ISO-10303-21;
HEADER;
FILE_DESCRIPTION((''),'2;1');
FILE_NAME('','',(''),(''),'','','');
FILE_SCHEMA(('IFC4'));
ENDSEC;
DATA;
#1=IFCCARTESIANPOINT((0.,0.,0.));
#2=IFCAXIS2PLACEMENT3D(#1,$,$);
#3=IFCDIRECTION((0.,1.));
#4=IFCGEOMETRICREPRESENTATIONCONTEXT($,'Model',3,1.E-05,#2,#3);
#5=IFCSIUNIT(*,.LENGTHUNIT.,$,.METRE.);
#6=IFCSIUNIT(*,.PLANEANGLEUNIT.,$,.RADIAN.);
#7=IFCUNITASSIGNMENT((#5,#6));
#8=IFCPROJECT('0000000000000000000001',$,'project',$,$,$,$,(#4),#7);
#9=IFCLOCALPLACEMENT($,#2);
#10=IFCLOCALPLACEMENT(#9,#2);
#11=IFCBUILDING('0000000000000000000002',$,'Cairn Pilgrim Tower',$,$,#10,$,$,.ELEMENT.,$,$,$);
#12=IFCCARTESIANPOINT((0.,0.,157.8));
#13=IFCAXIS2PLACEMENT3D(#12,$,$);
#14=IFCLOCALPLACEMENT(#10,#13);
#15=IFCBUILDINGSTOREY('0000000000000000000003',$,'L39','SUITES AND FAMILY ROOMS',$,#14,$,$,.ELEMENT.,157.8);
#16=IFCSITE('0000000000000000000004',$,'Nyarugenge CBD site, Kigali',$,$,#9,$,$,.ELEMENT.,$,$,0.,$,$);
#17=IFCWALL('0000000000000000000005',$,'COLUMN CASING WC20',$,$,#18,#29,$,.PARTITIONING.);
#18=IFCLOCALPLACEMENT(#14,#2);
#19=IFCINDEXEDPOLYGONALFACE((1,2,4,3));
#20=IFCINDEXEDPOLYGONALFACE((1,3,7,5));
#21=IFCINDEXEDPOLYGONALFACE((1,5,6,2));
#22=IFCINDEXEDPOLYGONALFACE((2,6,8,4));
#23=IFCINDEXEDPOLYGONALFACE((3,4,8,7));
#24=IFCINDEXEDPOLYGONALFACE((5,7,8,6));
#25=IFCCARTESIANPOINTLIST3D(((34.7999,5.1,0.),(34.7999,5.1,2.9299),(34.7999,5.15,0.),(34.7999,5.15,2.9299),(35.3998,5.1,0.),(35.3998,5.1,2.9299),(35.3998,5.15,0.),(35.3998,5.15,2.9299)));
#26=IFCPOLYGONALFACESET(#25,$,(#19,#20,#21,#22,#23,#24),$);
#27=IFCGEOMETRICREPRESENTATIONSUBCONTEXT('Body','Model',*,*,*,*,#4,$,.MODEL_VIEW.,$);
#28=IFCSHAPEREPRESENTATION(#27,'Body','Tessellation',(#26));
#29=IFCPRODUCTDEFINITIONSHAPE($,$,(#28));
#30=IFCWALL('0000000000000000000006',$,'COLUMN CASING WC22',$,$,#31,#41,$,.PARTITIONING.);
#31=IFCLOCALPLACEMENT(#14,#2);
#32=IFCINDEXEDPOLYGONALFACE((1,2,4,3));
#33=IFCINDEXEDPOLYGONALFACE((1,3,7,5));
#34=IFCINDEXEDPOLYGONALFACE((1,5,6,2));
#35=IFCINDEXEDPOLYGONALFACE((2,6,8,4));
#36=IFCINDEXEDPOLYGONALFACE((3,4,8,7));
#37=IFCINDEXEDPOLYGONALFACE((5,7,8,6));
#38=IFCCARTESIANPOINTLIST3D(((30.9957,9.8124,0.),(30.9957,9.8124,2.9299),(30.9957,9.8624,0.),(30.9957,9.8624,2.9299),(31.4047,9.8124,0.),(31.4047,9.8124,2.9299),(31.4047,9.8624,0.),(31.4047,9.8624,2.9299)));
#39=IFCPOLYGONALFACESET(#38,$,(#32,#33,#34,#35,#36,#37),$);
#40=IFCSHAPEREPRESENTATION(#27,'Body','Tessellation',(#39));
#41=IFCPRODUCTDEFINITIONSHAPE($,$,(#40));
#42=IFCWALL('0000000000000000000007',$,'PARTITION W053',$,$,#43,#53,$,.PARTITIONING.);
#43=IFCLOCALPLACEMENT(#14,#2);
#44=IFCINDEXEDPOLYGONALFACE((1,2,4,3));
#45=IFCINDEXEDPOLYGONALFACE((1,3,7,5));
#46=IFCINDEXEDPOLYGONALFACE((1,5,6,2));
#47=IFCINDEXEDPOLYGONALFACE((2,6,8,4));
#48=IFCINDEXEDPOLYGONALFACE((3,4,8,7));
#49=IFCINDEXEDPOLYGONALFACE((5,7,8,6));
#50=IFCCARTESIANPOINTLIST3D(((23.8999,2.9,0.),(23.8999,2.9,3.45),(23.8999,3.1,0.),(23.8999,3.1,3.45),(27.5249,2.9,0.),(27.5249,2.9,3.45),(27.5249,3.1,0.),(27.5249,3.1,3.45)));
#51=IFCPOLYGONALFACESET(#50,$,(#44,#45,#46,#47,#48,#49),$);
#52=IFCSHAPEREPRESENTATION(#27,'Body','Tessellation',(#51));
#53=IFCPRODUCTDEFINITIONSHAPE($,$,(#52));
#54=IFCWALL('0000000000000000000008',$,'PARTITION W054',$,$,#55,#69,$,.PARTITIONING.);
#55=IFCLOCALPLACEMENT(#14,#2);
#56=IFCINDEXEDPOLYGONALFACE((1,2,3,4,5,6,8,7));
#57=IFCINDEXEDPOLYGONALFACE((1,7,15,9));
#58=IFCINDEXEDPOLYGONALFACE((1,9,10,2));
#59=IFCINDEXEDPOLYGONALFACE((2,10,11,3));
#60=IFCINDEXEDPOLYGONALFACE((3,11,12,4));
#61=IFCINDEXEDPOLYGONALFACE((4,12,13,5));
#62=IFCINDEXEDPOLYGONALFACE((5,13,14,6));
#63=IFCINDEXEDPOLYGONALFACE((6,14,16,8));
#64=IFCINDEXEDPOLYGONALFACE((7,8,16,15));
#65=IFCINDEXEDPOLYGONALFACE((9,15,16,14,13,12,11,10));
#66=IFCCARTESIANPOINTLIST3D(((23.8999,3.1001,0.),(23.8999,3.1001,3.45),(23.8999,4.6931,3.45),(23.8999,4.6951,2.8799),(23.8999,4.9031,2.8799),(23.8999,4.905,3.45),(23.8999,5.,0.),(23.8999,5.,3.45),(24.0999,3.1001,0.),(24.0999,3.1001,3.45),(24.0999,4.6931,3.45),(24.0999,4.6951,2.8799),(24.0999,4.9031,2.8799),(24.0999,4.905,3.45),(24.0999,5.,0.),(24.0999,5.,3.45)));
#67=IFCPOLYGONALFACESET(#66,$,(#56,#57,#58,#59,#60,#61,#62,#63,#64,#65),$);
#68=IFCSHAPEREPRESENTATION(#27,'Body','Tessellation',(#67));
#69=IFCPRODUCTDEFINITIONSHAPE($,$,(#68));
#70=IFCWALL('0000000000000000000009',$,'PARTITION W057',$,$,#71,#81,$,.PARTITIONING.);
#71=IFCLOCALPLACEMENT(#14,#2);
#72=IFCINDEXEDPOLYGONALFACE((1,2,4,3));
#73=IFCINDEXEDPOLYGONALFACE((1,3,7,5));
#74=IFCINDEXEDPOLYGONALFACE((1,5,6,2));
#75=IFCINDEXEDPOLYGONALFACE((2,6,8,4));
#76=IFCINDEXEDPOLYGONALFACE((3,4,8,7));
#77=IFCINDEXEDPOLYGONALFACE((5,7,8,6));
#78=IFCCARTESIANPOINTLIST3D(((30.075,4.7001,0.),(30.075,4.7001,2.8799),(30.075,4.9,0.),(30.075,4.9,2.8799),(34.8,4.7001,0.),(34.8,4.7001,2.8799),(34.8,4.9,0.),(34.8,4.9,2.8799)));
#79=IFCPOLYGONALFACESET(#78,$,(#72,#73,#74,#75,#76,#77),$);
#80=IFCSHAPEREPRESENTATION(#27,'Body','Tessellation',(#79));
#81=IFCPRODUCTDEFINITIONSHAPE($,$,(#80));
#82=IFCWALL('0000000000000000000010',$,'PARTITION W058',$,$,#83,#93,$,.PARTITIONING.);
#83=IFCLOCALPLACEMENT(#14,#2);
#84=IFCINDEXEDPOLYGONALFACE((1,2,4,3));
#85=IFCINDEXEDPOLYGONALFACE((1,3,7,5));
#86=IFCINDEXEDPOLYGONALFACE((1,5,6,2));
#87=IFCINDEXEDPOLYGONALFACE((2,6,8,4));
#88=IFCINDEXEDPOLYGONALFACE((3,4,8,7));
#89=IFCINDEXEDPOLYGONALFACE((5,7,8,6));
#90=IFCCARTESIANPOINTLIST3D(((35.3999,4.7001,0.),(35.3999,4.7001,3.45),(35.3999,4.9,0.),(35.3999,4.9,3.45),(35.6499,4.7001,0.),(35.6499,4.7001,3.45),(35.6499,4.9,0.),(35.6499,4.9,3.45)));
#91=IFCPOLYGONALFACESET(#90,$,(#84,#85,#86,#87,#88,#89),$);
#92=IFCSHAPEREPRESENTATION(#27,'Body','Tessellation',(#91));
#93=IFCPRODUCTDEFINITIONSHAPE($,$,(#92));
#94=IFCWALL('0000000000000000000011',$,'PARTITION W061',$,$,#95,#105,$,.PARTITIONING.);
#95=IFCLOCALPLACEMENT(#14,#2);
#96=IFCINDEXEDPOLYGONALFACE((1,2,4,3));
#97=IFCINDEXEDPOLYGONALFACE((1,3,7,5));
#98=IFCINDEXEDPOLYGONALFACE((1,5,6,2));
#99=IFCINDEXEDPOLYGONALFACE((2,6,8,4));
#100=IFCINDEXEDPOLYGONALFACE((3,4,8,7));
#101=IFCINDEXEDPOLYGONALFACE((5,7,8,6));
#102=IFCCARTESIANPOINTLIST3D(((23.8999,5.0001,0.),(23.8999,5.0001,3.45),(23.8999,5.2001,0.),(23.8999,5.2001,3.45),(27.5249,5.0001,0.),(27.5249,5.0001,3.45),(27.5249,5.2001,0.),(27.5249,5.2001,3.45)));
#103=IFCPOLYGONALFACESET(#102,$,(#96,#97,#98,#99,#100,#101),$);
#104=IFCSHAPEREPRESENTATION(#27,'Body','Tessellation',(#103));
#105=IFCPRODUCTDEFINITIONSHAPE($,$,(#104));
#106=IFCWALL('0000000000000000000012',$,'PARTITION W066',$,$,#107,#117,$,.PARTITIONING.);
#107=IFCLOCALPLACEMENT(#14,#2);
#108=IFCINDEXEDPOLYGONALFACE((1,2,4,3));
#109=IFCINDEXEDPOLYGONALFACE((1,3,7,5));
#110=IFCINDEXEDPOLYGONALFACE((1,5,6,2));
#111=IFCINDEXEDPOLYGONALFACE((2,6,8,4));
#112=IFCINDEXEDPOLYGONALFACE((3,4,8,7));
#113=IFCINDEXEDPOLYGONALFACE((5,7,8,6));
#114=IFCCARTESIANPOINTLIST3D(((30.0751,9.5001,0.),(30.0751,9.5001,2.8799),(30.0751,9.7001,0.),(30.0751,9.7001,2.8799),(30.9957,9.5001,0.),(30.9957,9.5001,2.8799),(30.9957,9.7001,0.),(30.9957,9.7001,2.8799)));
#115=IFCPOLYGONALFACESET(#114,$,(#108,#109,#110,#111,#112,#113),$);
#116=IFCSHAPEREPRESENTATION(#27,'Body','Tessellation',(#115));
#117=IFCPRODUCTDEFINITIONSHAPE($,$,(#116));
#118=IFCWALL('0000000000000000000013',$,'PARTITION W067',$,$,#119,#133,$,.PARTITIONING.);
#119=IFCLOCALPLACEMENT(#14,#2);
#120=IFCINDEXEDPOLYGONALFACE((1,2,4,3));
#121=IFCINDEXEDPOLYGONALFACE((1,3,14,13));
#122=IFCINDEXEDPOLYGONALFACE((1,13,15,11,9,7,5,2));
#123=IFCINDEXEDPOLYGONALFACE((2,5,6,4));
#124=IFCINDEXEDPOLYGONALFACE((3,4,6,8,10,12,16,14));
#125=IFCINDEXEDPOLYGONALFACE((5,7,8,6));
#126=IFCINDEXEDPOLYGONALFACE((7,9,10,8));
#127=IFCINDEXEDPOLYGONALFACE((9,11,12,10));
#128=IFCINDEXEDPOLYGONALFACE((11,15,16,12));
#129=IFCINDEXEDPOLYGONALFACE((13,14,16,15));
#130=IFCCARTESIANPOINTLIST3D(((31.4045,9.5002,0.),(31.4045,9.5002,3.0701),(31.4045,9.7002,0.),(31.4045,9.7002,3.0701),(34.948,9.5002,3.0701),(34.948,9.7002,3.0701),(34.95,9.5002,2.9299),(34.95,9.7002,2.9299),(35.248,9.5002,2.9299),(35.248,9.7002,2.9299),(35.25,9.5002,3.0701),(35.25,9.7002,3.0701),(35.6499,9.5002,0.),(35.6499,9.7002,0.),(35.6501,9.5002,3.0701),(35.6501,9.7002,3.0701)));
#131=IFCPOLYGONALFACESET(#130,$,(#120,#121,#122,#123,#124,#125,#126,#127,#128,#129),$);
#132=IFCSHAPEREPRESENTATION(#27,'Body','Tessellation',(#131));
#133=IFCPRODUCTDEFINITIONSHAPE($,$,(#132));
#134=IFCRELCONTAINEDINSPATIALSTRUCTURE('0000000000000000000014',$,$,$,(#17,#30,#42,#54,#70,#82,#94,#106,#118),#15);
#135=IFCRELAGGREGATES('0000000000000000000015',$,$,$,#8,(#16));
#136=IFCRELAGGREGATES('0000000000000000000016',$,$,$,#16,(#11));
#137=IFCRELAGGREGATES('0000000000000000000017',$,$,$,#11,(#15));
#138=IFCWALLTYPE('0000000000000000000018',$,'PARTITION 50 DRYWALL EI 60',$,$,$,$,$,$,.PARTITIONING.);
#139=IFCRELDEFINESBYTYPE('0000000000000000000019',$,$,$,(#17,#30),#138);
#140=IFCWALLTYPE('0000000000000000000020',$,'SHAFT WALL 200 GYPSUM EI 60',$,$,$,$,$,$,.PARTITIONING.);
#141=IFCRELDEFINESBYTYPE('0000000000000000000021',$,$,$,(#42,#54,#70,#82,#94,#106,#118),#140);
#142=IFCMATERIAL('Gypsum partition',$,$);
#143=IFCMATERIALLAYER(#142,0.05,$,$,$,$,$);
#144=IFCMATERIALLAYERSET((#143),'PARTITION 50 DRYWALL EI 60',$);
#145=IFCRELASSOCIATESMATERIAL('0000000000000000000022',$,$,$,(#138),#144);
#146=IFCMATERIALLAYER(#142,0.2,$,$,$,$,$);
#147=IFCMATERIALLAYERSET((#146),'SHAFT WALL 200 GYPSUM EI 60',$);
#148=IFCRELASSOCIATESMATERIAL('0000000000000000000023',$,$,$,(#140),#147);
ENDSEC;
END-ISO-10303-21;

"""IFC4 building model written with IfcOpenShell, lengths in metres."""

from ifc_helpers import new_model, si_unit, direction, frame, frame_2d, origin, place, context, subcontext, project, spatial, polyline, rectangle, outline, extrude, material, layer, layer_set, type_object, element, save


model = new_model("IFC4")

# Units and contexts
model_context = context("Model", 3, precision=1e-05, world=origin(), true_north=direction((0.0, 1.0)))
body_context = subcontext(model_context, "Body", "Model", "MODEL_VIEW")
ifc_project = project(units=[si_unit("LENGTHUNIT", "METRE"), si_unit("PLANEANGLEUNIT", "RADIAN")], contexts=[model_context])

# Site, building, storey
site_placement = place(None, origin())
site = spatial("IfcSite", under=ifc_project, at=site_placement, Name="Nyarugenge CBD site, Kigali", CompositionType="ELEMENT", RefElevation=0.0)
building_placement = place(site_placement, origin())
building = spatial("IfcBuilding", under=site, at=building_placement, Name="Cairn Pilgrim Tower", CompositionType="ELEMENT")
storey_placement = place(building_placement, frame((0.0, 0.0, 157.8)))
storey = spatial("IfcBuildingStorey", under=building, at=storey_placement, Name="L39", Description="SUITES AND FAMILY ROOMS", CompositionType="ELEMENT", Elevation=157.8)

# Shared definitions
ifc_material_1 = material(Name="Gypsum partition")

# Walls
ifc_layer_1 = layer(ifc_material_1, 0.05)
ifc_layer_set_1 = layer_set([ifc_layer_1], Name="PARTITION 50 DRYWALL EI 60")
wall_type_1 = type_object("IfcWallType", Name="PARTITION 50 DRYWALL EI 60", PredefinedType="PARTITIONING", material=ifc_layer_set_1)
wall_1_placement = place(storey_placement, frame((34.8, 5.125, 0.0), z_axis=(0.0, 0.0, 1.0), x_axis=(1.0, 0.0, 0.0)))
element("IfcWall", 1, at=wall_1_placement, inside=storey, type_object=wall_type_1, Name="COLUMN CASING WC20", PredefinedType="PARTITIONING", context=body_context, shape_type="SweptSolid", body=[
    extrude(rectangle(XDim=0.5999, YDim=0.05, at=frame_2d((0.2998, 0.0))), origin(), (0.0, 0.0, 1.0), 2.9299),
])
wall_2_placement = place(storey_placement, frame((30.9956, 9.8374, 0.0), z_axis=(0.0, 0.0, 1.0), x_axis=(1.0, 0.0, 0.0)))
element("IfcWall", 2, at=wall_2_placement, inside=storey, type_object=wall_type_1, Name="COLUMN CASING WC22", PredefinedType="PARTITIONING", context=body_context, shape_type="SweptSolid", body=[
    extrude(rectangle(XDim=0.4089, YDim=0.05, at=frame_2d((0.2046, 0.0))), origin(), (0.0, 0.0, 1.0), 2.9299),
])
ifc_layer_2 = layer(ifc_material_1, 0.2)
ifc_layer_set_2 = layer_set([ifc_layer_2], Name="SHAFT WALL 200 GYPSUM EI 60")
wall_type_2 = type_object("IfcWallType", Name="SHAFT WALL 200 GYPSUM EI 60", PredefinedType="PARTITIONING", material=ifc_layer_set_2)
wall_3_placement = place(storey_placement, frame((23.8999, 3.0, 0.0), z_axis=(0.0, 0.0, 1.0), x_axis=(1.0, 0.0, 0.0)))
element("IfcWall", 3, at=wall_3_placement, inside=storey, type_object=wall_type_2, Name="PARTITION W053", PredefinedType="PARTITIONING", context=body_context, shape_type="SweptSolid", body=[
    extrude(rectangle(XDim=3.625, YDim=0.2, at=frame_2d((1.8125, 0.0))), origin(), (0.0, 0.0, 1.0), 3.45),
])
wall_4_placement = place(storey_placement, frame((24.0, 3.1001, 0.0), z_axis=(0.0, 0.0, 1.0), x_axis=(0.0, 1.0, 0.0)))
element("IfcWall", 4, at=wall_4_placement, inside=storey, type_object=wall_type_2, Name="PARTITION W054", PredefinedType="PARTITIONING", context=body_context, shape_type="SweptSolid", body=[
    extrude(outline(polyline([(0.0, 0.0), (1.8999, 0.0), (1.8999, 3.45), (1.8049, 3.45), (1.803, 2.8799), (1.595, 2.8799), (1.593, 3.45), (0.0, 3.45), (0.0, 0.0)])), frame((0.0, 0.1001, 0.0), z_axis=(0.0, -1.0, 0.0), x_axis=(1.0, 0.0, 0.0)), (0.0, 0.0, 1.0), 0.2),
])
wall_5_placement = place(storey_placement, frame((30.075, 4.8, 0.0), z_axis=(0.0, 0.0, 1.0), x_axis=(1.0, 0.0, 0.0)))
element("IfcWall", 5, at=wall_5_placement, inside=storey, type_object=wall_type_2, Name="PARTITION W057", PredefinedType="PARTITIONING", context=body_context, shape_type="SweptSolid", body=[
    extrude(rectangle(XDim=4.7251, YDim=0.2, at=frame_2d((2.3625, 0.0))), origin(), (0.0, 0.0, 1.0), 2.8799),
])
wall_6_placement = place(storey_placement, frame((35.3999, 4.8, 0.0), z_axis=(0.0, 0.0, 1.0), x_axis=(1.0, 0.0, 0.0)))
element("IfcWall", 6, at=wall_6_placement, inside=storey, type_object=wall_type_2, Name="PARTITION W058", PredefinedType="PARTITIONING", context=body_context, shape_type="SweptSolid", body=[
    extrude(rectangle(XDim=0.25, YDim=0.2, at=frame_2d((0.125, 0.0))), origin(), (0.0, 0.0, 1.0), 3.45),
])
wall_7_placement = place(storey_placement, frame((23.8999, 5.1001, 0.0), z_axis=(0.0, 0.0, 1.0), x_axis=(1.0, 0.0, 0.0)))
element("IfcWall", 7, at=wall_7_placement, inside=storey, type_object=wall_type_2, Name="PARTITION W061", PredefinedType="PARTITIONING", context=body_context, shape_type="SweptSolid", body=[
    extrude(rectangle(XDim=3.625, YDim=0.2, at=frame_2d((1.8125, 0.0))), origin(), (0.0, 0.0, 1.0), 3.45),
])
wall_8_placement = place(storey_placement, frame((30.075, 9.6001, 0.0), z_axis=(0.0, 0.0, 1.0), x_axis=(1.0, 0.0, 0.0)))
element("IfcWall", 8, at=wall_8_placement, inside=storey, type_object=wall_type_2, Name="PARTITION W066", PredefinedType="PARTITIONING", context=body_context, shape_type="SweptSolid", body=[
    extrude(rectangle(XDim=0.9207, YDim=0.2, at=frame_2d((0.4604, 0.0))), origin(), (0.0, 0.0, 1.0), 2.8799),
])
wall_9_placement = place(storey_placement, frame((31.4045, 9.6001, 0.0), z_axis=(0.0, 0.0, 1.0), x_axis=(1.0, 0.0, 0.0)))
element("IfcWall", 9, at=wall_9_placement, inside=storey, type_object=wall_type_2, Name="PARTITION W067", PredefinedType="PARTITIONING", context=body_context, shape_type="SweptSolid", body=[
    extrude(outline(polyline([(0.0, 0.0), (4.2454, 0.0), (4.2456, 3.0701), (3.8455, 3.0701), (3.8435, 2.9299), (3.5454, 2.9299), (3.5435, 3.0701), (0.0, 3.0701), (0.0, 0.0)])), frame((0.0, 0.1001, 0.0), z_axis=(0.0, -1.0, 0.0), x_axis=(1.0, 0.0, 0.0)), (0.0, 0.0, 1.0), 0.2),
])

save(model, "model.ifc")
